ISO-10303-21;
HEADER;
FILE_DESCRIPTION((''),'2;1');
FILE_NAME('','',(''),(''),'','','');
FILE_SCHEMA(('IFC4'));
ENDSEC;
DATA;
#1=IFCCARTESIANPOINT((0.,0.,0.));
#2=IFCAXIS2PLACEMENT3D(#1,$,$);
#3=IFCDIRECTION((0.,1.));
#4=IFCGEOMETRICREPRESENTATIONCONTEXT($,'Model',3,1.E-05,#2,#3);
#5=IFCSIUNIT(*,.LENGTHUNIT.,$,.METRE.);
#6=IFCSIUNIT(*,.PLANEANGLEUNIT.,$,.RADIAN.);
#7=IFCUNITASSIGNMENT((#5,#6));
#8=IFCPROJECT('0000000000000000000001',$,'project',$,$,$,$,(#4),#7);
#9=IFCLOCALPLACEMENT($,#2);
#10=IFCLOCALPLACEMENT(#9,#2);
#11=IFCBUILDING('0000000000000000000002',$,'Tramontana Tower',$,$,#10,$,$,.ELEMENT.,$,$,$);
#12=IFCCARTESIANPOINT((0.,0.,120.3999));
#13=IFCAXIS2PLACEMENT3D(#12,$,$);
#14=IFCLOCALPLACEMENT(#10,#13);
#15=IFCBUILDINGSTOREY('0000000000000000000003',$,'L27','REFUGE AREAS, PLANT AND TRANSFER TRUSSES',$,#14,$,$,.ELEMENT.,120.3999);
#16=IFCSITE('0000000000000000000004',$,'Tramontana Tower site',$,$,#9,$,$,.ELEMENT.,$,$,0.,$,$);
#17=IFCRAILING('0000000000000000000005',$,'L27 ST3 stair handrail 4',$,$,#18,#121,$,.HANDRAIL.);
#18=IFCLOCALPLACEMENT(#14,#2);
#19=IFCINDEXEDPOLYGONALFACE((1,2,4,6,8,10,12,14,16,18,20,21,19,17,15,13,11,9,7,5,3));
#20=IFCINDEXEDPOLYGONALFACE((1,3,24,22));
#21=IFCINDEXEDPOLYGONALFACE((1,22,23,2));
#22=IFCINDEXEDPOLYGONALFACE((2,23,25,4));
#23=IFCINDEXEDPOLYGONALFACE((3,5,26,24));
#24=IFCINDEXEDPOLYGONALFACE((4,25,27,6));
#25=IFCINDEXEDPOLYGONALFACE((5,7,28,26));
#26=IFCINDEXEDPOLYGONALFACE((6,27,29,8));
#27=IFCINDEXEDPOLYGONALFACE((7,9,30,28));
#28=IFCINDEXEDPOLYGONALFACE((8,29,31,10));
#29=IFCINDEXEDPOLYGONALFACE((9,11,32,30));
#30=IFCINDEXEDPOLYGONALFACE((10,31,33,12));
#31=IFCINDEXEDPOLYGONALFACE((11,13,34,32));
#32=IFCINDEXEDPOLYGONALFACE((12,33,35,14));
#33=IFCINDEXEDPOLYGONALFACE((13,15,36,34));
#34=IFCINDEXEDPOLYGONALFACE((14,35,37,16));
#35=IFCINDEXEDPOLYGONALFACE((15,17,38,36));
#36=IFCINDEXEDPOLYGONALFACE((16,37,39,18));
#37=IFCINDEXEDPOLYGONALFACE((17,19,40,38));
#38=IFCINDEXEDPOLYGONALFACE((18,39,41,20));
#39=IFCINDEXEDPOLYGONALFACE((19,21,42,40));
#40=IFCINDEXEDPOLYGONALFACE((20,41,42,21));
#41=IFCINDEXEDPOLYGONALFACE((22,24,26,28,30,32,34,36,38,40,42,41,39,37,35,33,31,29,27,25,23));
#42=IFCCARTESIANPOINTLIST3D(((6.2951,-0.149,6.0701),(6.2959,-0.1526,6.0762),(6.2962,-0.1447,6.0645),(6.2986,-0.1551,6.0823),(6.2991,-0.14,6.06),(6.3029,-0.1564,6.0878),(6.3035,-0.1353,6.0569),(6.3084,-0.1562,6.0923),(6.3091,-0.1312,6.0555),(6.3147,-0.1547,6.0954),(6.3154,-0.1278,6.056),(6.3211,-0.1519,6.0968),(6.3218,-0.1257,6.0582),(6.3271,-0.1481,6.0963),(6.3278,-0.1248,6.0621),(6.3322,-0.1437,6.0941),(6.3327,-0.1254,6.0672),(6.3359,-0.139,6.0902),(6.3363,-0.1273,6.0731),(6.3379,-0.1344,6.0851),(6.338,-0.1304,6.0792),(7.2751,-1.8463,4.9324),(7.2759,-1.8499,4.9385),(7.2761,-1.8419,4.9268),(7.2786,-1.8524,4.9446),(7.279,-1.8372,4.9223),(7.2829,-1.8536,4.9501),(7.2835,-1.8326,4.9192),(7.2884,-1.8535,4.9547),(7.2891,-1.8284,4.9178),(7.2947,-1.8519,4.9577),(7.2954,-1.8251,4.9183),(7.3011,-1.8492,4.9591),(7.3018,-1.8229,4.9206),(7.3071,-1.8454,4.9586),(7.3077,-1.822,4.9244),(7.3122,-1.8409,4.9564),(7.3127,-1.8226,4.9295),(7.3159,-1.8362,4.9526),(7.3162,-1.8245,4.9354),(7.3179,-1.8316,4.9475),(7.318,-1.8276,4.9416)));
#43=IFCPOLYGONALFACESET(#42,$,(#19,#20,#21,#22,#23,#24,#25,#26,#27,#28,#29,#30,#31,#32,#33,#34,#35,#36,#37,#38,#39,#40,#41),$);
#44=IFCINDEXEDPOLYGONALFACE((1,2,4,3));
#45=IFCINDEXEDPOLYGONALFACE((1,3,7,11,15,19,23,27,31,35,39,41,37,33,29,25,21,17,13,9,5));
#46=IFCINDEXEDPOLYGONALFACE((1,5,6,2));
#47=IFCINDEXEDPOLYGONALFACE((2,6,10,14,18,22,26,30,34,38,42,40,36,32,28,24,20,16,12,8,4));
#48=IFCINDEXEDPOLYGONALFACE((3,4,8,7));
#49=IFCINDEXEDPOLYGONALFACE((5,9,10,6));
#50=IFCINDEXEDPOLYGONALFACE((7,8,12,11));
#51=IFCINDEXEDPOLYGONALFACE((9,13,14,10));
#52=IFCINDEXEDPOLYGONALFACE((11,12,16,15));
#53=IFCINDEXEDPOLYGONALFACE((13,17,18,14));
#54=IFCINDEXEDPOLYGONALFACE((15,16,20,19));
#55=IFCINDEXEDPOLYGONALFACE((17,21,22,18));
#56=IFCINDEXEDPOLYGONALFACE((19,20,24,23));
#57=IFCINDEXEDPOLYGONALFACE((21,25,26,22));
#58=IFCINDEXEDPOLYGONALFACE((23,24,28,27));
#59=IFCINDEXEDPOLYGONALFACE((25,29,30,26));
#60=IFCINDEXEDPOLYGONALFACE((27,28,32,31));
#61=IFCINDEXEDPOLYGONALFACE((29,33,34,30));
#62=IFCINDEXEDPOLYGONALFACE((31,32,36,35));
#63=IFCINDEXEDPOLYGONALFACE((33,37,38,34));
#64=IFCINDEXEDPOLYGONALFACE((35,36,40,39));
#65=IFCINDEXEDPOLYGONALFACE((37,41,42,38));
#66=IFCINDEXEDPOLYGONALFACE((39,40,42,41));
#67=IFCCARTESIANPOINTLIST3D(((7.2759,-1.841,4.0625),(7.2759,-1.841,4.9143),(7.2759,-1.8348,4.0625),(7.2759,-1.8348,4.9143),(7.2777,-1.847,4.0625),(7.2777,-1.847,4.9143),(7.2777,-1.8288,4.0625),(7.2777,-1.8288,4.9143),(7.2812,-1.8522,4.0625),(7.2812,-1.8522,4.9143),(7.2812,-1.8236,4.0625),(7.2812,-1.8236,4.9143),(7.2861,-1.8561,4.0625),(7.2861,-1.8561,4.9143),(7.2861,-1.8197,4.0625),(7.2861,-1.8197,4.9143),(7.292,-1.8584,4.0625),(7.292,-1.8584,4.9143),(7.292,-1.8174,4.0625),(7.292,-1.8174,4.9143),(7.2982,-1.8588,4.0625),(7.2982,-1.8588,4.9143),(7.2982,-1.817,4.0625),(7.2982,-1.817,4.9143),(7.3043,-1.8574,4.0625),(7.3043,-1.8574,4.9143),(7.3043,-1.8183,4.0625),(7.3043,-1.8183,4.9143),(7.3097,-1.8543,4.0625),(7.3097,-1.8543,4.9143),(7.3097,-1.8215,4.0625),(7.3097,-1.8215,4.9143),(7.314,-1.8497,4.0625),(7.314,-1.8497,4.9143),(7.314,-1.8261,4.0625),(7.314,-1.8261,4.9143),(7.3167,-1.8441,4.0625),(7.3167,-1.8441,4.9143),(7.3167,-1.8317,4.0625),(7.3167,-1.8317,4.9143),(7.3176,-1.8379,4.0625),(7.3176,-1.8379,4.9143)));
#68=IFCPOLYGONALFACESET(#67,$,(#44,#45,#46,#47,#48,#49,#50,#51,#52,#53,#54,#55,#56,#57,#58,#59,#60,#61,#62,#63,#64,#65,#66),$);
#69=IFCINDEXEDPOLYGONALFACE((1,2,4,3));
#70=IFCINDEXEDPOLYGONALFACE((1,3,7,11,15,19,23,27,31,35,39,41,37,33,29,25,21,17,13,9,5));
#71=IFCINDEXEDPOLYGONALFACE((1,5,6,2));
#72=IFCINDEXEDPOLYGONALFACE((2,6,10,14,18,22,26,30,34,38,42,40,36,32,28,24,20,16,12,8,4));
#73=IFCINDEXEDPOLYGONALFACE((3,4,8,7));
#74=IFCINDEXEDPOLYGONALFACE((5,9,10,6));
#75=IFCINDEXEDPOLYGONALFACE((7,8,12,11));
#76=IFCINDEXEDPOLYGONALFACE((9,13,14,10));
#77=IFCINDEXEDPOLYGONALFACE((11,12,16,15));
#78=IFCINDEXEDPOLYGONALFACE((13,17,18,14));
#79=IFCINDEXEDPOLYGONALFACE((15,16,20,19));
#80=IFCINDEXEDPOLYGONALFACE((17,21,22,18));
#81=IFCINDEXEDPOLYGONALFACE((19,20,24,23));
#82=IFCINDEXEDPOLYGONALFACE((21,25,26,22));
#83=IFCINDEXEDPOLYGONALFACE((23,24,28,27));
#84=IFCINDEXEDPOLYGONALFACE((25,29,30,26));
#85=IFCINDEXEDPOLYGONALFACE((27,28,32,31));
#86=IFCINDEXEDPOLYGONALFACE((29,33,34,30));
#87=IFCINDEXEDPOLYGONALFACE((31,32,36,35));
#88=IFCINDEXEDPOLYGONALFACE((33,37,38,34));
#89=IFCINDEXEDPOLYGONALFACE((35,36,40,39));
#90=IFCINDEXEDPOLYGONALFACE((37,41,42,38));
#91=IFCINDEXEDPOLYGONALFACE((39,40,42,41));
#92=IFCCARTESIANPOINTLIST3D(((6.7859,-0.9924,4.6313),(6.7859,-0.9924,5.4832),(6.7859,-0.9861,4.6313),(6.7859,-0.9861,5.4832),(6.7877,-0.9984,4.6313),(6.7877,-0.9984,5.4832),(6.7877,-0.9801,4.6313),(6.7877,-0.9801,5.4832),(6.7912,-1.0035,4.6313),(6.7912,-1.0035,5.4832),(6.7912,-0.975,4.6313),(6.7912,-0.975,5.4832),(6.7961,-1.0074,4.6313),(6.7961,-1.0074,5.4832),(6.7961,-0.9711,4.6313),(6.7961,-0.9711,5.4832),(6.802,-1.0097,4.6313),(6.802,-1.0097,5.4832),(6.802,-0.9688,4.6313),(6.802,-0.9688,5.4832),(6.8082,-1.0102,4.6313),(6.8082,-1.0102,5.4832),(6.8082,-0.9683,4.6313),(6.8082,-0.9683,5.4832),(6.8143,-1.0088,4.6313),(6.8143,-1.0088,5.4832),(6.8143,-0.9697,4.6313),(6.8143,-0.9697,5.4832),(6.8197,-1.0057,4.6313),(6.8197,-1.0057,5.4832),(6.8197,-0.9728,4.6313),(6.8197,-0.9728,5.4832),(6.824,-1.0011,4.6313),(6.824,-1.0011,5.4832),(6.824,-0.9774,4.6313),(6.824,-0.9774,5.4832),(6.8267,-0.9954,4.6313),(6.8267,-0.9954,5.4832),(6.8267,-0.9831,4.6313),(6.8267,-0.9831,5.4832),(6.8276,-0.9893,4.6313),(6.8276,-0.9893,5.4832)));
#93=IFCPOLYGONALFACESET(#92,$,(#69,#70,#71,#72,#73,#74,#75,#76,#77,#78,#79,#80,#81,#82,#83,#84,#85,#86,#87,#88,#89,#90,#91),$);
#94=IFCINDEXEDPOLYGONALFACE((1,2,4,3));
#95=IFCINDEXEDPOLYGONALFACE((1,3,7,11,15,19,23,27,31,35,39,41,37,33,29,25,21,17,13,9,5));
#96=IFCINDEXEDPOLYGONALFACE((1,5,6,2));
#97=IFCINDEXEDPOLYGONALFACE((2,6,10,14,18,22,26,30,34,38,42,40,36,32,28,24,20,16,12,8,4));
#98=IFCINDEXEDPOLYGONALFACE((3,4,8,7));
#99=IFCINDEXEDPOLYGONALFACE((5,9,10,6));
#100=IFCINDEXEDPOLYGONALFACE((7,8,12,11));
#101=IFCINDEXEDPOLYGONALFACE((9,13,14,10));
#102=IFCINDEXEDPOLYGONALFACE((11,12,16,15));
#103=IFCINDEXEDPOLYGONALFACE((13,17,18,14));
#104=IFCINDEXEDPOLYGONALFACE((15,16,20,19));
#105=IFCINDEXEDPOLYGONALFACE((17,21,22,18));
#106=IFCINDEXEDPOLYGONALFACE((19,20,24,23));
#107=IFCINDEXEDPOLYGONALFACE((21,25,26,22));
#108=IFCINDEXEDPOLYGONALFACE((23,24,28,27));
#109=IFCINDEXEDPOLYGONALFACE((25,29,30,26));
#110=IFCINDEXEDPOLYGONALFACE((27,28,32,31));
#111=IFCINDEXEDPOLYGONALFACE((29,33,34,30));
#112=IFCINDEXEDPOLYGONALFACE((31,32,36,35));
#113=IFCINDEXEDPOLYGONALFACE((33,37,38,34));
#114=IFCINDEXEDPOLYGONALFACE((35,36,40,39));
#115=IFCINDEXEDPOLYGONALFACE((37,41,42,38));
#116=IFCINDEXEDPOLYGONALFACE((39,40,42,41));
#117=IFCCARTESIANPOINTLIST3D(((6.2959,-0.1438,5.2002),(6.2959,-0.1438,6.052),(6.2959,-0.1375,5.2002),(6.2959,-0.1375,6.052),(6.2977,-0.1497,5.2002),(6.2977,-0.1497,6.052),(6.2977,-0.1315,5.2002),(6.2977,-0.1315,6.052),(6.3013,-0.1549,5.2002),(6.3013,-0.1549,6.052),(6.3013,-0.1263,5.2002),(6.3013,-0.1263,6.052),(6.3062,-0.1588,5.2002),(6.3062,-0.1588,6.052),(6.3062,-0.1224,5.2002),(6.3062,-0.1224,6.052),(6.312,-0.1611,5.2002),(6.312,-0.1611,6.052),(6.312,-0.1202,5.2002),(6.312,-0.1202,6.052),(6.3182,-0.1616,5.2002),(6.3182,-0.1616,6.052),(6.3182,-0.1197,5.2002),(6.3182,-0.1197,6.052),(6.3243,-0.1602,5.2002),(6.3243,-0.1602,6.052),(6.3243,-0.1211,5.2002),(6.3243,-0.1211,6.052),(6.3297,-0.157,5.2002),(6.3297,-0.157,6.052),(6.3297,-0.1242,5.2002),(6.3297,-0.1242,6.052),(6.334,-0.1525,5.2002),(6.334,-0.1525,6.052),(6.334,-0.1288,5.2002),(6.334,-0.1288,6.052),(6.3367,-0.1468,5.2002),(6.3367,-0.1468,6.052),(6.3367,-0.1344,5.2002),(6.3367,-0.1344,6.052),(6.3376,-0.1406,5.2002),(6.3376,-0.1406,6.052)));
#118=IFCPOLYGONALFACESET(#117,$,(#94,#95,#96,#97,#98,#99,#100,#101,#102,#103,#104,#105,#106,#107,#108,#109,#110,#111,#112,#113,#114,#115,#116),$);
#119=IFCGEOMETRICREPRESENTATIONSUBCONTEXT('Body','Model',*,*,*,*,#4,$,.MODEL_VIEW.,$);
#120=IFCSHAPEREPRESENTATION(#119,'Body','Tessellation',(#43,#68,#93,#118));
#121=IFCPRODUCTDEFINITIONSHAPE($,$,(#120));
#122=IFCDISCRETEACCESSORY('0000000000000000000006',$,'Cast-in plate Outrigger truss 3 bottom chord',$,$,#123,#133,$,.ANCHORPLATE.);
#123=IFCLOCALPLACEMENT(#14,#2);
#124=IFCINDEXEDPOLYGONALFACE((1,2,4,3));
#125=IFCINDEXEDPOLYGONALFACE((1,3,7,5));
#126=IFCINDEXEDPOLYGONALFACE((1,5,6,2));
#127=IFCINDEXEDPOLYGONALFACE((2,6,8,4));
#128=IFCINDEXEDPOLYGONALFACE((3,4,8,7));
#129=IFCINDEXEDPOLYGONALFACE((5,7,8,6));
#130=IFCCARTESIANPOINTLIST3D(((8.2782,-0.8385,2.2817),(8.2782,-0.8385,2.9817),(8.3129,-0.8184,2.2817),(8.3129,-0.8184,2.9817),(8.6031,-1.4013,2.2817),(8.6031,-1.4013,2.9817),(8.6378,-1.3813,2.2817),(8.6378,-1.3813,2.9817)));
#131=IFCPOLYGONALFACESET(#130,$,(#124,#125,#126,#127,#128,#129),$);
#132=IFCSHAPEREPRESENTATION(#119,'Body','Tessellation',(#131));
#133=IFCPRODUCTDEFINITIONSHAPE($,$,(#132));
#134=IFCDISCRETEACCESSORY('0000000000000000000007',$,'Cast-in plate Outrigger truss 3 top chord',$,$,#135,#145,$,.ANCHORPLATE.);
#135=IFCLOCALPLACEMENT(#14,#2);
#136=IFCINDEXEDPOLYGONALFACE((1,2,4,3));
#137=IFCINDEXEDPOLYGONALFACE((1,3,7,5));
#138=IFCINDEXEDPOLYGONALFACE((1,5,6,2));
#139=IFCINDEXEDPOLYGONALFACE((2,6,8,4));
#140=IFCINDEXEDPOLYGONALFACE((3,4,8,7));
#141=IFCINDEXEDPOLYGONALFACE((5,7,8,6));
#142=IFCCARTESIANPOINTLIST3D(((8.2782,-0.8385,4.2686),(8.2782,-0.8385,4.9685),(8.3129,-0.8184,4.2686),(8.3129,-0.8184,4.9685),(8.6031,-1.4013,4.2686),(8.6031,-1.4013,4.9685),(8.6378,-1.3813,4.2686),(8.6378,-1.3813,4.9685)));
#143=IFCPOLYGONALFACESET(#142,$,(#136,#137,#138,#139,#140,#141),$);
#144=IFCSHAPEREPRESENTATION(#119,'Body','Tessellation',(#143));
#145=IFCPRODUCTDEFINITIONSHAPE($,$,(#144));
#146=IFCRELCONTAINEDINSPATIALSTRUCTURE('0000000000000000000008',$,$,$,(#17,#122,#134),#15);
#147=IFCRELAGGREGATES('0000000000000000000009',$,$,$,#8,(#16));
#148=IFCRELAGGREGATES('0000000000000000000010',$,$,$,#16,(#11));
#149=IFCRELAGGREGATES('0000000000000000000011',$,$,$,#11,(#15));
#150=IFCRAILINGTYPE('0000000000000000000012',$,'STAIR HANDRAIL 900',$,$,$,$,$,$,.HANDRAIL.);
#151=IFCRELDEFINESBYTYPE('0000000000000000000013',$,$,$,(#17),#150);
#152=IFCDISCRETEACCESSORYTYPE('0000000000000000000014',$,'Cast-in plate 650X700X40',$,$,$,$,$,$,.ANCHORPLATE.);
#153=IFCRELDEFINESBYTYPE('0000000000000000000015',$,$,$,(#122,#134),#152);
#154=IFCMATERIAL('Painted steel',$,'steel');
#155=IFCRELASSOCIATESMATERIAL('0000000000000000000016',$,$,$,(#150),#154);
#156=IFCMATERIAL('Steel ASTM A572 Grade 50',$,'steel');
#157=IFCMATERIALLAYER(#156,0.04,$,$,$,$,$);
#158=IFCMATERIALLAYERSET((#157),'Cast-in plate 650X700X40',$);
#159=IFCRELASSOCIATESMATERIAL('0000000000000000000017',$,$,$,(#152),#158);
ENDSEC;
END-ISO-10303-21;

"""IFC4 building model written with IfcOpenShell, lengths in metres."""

from ifc_helpers import new_model, si_unit, direction, frame, origin, origin_2d, place, context, subcontext, project, spatial, rectangle, circle, extrude, material, layer, layer_set, type_object, element, save


model = new_model("IFC4")

# Units and contexts
model_context = context("Model", 3, precision=1e-05, world=origin(), true_north=direction((0.0, 1.0)))
body_context = subcontext(model_context, "Body", "Model", "MODEL_VIEW")
ifc_project = project(units=[si_unit("LENGTHUNIT", "METRE"), si_unit("PLANEANGLEUNIT", "RADIAN")], contexts=[model_context])

# Site, building, storey
site_placement = place(None, origin())
site = spatial("IfcSite", under=ifc_project, at=site_placement, Name="Tramontana Tower site", CompositionType="ELEMENT", RefElevation=0.0)
building_placement = place(site_placement, origin())
building = spatial("IfcBuilding", under=site, at=building_placement, Name="Tramontana Tower", CompositionType="ELEMENT")
storey_placement = place(building_placement, frame((0.0, 0.0, 120.3999)))
storey = spatial("IfcBuildingStorey", under=building, at=storey_placement, Name="L27", Description="REFUGE AREAS, PLANT AND TRANSFER TRUSSES", CompositionType="ELEMENT", Elevation=120.3999)

# Railing
ifc_material_1 = material(Name="Painted steel", Category="steel")
railing_type_1 = type_object("IfcRailingType", Name="STAIR HANDRAIL 900", PredefinedType="HANDRAIL", material=ifc_material_1)
railing_1_placement = place(storey_placement, frame((7.2966, -1.8379, 4.0625)))
element("IfcRailing", 1, at=railing_1_placement, inside=storey, type_object=railing_type_1, Name="L27 ST3 stair handrail 4", PredefinedType="HANDRAIL", context=body_context, shape_type="SweptSolid", body=[
    extrude(circle(Radius=0.0239, at=origin_2d()), frame((0.0, 0.0, 0.876), z_axis=(-0.432443, 0.748965, 0.502039), x_axis=(-0.866011, -0.500024, 0.0)), (0.0, 0.0, 1.0), 2.2661),
    extrude(circle(Radius=0.021, at=origin_2d()), origin(), (0.0, 0.0, 1.0), 0.8518),
    extrude(circle(Radius=0.021, at=origin_2d()), frame((-0.49, 0.8486, 0.5688)), (0.0, 0.0, 1.0), 0.8518),
    extrude(circle(Radius=0.021, at=origin_2d()), frame((-0.98, 1.6973, 1.1377)), (0.0, 0.0, 1.0), 0.8518),
])

# Discrete accessories
ifc_material_2 = material(Name="Steel ASTM A572 Grade 50", Category="steel")
ifc_layer_1 = layer(ifc_material_2, 0.04)
ifc_layer_set_1 = layer_set([ifc_layer_1], Name="Cast-in plate 650X700X40")
discrete_accessory_type = type_object("IfcDiscreteAccessoryType", Name="Cast-in plate 650X700X40", PredefinedType="ANCHORPLATE", material=ifc_layer_set_1)
for number, where, z_axis, x_axis, name in (
    (2, (8.458, -1.1099, 2.2817), (0.0, 0.0, 1.0), (-0.5, 0.866025, 0.0), "Cast-in plate Outrigger truss 3 bottom chord"),
    (3, (8.458, -1.1099, 4.2686), (0.0, 0.0, 1.0), (-0.5, 0.866025, 0.0), "Cast-in plate Outrigger truss 3 top chord"),
):
    element("IfcDiscreteAccessory", number, at=place(storey_placement, frame(where, z_axis=z_axis, x_axis=x_axis)), inside=storey, type_object=discrete_accessory_type, Name=name, PredefinedType="ANCHORPLATE", context=body_context, shape_type="SweptSolid", body=[
        extrude(rectangle(XDim=0.6499, YDim=0.04, at=origin_2d()), origin(), (0.0, 0.0, 1.0), 0.7),
    ])

save(model, "model.ifc")
